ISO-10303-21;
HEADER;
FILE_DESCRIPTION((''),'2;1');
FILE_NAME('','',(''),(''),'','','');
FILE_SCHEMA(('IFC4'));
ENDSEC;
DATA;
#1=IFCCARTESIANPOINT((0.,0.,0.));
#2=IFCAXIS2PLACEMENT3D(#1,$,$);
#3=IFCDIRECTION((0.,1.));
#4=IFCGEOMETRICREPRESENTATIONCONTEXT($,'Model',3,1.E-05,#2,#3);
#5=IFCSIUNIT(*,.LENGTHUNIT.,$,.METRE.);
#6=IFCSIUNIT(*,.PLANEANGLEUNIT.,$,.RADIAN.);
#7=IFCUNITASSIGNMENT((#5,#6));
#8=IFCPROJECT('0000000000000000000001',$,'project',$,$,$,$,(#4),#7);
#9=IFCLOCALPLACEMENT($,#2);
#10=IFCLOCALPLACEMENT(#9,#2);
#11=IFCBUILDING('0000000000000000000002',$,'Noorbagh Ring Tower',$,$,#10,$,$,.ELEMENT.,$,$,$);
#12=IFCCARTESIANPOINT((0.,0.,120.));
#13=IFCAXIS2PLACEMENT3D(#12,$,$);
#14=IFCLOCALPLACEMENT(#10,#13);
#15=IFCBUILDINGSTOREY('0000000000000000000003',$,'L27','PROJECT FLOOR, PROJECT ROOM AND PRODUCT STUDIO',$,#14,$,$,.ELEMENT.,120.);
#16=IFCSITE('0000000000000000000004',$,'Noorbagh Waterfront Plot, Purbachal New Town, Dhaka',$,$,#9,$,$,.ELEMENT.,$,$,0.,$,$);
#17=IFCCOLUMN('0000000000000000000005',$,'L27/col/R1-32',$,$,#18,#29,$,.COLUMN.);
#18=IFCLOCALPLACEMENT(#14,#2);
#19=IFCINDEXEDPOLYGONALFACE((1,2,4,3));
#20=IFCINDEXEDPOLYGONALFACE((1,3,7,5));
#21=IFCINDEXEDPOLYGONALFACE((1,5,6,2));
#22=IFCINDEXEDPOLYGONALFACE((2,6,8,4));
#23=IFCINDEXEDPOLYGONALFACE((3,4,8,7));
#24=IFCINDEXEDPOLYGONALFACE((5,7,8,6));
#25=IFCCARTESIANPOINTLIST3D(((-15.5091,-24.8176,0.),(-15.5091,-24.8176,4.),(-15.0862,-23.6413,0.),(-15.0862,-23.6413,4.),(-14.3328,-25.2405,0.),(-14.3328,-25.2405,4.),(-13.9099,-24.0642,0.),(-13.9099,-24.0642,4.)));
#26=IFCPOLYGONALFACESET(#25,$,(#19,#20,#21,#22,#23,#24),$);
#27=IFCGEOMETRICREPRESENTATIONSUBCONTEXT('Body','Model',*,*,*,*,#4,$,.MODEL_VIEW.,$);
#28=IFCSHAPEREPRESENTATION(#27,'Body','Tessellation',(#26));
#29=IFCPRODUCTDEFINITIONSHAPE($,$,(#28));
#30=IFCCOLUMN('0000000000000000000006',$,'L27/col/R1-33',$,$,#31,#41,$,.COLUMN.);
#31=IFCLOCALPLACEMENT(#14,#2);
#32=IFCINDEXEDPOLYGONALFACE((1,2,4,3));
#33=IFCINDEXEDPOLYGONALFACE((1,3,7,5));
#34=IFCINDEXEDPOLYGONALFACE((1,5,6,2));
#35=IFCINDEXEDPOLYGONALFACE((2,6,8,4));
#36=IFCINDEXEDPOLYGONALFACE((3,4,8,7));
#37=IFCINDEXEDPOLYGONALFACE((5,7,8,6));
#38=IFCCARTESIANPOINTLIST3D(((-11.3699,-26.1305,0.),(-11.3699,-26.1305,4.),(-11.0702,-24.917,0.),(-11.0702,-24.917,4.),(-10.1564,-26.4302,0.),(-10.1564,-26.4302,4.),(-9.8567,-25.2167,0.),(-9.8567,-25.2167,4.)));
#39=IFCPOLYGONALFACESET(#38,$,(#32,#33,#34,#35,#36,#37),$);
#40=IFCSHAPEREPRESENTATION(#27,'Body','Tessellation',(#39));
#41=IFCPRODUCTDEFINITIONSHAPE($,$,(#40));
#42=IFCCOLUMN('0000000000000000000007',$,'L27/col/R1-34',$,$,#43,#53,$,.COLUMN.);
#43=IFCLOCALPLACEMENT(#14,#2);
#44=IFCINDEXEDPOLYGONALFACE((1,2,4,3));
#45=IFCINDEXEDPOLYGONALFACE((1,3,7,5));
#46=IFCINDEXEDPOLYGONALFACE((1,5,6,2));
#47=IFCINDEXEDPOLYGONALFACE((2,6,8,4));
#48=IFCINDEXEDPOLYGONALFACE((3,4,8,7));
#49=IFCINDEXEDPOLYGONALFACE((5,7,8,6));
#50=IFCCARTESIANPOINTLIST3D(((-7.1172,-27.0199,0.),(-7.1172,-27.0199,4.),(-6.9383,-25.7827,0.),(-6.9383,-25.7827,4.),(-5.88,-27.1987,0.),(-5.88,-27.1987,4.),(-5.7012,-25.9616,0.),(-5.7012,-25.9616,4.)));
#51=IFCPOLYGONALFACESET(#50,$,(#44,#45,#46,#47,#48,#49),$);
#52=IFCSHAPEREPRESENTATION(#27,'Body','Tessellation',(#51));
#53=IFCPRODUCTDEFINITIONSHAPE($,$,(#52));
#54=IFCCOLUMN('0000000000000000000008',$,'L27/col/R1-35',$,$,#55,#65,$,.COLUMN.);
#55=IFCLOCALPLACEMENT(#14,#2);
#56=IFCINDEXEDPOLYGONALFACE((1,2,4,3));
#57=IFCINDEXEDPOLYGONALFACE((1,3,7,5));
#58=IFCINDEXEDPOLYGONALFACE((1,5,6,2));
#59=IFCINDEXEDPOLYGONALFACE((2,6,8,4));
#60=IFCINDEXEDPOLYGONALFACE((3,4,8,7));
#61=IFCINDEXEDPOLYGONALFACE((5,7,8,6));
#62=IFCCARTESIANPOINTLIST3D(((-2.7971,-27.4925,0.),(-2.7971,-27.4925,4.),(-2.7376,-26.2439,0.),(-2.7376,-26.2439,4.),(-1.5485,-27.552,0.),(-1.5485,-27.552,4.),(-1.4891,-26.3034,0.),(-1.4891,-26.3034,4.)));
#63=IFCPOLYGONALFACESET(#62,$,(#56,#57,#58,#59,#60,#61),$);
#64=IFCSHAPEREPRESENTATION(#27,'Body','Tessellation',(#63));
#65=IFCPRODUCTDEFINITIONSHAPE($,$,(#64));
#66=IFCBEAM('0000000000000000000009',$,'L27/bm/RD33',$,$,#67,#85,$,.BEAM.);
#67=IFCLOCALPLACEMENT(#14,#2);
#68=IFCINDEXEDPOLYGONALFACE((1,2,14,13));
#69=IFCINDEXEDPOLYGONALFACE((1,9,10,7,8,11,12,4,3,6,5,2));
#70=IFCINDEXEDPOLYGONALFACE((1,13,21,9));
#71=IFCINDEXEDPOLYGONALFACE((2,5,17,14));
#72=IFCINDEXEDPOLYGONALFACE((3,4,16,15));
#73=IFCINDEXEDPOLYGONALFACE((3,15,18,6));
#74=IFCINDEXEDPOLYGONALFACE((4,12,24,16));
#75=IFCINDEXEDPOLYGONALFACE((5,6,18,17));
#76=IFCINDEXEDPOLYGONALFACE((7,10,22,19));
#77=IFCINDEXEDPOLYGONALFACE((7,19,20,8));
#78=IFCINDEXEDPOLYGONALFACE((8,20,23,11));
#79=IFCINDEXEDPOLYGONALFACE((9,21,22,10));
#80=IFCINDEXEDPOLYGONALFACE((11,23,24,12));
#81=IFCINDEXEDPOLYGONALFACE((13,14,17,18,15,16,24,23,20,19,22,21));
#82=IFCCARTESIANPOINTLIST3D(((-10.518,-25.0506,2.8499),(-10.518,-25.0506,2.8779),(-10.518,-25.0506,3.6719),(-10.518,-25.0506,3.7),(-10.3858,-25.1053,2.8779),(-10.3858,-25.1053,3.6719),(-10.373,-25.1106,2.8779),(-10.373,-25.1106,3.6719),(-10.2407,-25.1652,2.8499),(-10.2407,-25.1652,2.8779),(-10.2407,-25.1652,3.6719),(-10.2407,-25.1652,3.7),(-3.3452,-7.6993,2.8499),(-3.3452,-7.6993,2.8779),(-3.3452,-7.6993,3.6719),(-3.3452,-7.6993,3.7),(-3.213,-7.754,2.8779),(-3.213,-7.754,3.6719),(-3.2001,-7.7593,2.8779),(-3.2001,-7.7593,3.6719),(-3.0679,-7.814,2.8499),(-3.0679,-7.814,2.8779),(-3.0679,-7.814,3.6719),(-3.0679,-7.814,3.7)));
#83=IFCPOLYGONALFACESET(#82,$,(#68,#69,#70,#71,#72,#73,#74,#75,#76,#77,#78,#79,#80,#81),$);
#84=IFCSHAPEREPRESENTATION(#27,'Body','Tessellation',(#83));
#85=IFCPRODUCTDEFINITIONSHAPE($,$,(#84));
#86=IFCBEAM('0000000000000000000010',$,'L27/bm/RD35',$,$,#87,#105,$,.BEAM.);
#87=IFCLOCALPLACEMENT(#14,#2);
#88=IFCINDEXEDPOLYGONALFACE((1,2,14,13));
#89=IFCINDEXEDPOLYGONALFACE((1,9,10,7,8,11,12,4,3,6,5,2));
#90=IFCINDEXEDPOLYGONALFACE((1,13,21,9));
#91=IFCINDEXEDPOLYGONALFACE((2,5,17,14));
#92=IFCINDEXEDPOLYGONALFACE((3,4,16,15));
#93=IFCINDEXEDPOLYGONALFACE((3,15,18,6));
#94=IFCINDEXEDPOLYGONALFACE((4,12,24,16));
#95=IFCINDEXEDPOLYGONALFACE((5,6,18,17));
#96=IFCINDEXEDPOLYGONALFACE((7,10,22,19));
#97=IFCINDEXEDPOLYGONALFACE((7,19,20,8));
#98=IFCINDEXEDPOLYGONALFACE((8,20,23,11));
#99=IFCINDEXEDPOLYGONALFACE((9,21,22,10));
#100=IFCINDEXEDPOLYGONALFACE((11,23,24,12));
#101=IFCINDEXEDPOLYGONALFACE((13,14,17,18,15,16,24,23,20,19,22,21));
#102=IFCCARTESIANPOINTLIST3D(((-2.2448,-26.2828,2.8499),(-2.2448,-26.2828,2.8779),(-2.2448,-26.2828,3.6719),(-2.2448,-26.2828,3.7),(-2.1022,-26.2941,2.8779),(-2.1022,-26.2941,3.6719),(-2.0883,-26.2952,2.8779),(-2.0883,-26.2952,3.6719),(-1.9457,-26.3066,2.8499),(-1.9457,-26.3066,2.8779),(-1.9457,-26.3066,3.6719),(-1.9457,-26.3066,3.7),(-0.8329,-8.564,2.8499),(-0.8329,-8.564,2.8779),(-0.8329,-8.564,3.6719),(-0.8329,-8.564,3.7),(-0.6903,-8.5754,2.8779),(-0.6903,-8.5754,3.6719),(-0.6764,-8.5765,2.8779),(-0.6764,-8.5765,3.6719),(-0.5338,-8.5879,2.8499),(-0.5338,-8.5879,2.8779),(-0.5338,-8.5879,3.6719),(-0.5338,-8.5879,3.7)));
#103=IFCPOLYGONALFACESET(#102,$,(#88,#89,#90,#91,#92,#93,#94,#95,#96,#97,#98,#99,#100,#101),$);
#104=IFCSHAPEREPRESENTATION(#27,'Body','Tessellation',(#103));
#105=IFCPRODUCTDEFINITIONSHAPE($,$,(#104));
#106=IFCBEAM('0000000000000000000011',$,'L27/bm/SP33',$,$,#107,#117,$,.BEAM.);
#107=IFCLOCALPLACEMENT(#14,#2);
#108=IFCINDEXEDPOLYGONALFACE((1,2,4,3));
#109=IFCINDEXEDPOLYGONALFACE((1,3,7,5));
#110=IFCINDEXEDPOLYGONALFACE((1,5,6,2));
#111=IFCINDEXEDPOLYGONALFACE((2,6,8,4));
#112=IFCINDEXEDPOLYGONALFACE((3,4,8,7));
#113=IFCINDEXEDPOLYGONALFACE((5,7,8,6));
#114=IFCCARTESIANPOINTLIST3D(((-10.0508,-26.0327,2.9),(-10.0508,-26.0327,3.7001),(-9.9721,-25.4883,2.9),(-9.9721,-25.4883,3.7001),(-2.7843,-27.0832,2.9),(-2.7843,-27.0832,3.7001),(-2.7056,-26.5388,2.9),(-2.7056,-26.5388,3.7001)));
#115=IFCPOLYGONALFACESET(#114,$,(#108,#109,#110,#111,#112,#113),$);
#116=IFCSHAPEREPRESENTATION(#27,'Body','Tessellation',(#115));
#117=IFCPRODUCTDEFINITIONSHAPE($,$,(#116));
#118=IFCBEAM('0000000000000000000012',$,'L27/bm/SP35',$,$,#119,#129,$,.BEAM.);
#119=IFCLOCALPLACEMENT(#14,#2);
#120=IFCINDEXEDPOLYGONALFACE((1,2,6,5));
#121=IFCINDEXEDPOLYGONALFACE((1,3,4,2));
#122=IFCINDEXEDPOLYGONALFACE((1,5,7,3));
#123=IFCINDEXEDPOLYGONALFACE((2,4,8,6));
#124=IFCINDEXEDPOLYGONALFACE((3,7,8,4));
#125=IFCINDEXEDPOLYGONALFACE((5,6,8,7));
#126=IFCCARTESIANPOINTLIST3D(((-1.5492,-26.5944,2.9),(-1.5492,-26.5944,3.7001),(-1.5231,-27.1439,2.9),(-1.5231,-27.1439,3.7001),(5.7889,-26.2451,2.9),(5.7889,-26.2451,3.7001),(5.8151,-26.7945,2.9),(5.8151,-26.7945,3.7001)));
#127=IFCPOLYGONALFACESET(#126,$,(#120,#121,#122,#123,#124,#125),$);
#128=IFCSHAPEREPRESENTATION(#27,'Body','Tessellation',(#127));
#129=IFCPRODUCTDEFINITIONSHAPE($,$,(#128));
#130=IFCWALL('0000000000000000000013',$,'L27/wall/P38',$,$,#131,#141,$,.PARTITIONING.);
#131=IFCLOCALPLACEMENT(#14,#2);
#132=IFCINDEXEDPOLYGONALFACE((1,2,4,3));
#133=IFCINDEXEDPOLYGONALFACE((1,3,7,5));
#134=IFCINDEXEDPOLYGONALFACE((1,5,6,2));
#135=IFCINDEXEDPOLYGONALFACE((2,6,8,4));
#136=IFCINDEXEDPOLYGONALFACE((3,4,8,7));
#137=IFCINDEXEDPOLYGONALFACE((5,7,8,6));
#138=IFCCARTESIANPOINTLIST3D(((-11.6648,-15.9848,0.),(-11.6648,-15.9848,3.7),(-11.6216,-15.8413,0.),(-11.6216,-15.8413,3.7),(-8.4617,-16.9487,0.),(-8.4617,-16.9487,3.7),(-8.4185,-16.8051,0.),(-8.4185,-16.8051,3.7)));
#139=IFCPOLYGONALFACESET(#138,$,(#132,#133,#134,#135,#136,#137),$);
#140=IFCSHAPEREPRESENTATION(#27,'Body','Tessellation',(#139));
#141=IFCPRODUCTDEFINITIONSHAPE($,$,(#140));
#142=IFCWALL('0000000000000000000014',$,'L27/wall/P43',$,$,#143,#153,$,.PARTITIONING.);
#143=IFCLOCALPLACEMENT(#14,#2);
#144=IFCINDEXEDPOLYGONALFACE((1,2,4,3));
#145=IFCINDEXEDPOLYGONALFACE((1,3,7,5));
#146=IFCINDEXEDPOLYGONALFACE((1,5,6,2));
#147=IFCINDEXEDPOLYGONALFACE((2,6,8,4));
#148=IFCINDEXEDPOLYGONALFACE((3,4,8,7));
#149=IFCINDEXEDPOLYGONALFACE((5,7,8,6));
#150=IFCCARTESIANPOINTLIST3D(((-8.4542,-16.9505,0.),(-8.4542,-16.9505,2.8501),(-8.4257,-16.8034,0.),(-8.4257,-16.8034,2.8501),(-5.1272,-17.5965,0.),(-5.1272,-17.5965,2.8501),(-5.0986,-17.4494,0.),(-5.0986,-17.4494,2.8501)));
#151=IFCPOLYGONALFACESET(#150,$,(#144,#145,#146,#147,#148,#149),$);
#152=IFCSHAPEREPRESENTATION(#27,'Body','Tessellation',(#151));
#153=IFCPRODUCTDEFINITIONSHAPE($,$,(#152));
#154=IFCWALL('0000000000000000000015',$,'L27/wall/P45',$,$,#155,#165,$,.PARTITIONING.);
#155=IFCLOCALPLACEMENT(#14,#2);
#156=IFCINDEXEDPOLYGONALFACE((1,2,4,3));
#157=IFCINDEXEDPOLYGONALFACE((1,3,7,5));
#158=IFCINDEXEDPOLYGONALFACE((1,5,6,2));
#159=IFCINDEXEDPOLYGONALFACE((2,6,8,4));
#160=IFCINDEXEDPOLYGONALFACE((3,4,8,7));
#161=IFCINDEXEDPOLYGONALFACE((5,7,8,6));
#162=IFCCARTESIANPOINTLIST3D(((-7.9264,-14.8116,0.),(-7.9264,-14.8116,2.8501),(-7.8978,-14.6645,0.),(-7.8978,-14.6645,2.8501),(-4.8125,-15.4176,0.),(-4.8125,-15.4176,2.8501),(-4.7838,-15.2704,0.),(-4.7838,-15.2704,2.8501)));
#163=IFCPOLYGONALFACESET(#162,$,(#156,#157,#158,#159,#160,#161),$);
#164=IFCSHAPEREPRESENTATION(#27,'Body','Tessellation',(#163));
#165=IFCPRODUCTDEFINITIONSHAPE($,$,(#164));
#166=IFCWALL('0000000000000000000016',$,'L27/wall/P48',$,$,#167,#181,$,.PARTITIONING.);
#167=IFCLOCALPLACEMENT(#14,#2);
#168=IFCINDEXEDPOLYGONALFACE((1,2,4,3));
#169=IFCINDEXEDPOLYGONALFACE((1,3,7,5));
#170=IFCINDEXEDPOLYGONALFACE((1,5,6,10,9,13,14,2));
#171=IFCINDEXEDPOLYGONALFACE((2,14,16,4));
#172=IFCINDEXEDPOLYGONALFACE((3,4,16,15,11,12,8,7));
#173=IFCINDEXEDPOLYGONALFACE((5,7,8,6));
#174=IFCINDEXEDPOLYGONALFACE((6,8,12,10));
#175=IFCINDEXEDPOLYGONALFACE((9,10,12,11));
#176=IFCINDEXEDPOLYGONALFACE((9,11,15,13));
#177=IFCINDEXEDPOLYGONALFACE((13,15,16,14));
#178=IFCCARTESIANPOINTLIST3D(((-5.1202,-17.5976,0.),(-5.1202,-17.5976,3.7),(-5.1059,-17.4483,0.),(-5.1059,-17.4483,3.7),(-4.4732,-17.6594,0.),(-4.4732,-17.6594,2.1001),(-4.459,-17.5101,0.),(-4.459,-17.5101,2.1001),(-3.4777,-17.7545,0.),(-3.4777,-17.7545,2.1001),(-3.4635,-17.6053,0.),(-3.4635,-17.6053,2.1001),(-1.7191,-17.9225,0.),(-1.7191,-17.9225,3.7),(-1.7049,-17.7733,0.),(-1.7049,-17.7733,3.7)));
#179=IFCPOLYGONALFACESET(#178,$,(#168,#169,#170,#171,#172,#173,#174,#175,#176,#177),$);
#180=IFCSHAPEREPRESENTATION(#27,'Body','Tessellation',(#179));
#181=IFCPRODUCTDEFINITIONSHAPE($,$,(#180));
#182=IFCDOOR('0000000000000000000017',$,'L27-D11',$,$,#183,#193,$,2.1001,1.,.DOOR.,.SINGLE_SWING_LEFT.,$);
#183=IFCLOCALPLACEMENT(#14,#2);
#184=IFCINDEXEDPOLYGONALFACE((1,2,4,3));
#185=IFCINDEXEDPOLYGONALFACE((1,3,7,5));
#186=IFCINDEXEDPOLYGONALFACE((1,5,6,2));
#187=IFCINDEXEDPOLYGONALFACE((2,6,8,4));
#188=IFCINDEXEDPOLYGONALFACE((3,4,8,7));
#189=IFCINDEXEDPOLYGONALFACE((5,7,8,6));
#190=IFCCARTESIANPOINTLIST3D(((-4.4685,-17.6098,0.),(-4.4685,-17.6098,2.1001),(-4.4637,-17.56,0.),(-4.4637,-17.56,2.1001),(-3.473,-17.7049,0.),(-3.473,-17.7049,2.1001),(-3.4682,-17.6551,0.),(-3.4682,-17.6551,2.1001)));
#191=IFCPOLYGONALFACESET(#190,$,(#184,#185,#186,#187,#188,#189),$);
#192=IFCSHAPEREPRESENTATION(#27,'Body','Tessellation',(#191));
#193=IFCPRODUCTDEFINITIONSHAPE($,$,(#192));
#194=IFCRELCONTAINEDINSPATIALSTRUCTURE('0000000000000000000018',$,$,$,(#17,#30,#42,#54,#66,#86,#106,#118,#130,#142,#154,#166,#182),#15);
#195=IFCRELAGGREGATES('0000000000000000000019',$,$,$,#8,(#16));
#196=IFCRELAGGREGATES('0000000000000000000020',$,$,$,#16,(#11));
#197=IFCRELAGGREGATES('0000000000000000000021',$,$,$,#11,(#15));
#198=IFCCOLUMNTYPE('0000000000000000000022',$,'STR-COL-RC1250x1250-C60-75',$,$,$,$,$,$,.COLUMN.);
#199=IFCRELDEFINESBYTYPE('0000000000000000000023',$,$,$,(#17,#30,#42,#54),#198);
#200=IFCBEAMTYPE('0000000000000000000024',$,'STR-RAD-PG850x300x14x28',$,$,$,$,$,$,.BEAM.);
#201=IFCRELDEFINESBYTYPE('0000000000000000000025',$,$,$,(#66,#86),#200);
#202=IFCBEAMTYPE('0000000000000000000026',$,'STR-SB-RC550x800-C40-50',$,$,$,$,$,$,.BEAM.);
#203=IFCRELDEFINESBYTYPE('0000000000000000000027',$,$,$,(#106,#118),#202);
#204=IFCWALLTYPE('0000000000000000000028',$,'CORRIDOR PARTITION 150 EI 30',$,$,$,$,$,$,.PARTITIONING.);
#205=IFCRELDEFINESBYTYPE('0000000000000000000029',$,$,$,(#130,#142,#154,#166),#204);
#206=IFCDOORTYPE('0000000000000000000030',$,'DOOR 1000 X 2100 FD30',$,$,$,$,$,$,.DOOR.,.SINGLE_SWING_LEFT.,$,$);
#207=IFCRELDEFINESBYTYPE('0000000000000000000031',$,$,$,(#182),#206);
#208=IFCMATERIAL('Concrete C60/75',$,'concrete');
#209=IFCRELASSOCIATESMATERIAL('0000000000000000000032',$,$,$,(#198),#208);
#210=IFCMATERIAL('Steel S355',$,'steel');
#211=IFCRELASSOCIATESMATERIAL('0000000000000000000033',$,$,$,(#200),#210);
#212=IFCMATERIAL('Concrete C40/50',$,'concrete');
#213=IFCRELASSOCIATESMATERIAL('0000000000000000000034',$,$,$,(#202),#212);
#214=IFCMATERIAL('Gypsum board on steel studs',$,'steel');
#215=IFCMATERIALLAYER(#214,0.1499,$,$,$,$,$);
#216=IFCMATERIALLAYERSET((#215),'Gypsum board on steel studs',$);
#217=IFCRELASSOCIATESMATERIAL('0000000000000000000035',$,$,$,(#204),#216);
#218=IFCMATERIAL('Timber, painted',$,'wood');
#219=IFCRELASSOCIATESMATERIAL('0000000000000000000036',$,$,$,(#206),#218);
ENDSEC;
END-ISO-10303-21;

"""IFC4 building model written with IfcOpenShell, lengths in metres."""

from ifc_helpers import new_model, si_unit, direction, frame, frame_2d, origin, origin_2d, place, context, subcontext, project, spatial, rectangle, i_section, extrude, material, layer, layer_set, material_profile, profile_set, type_object, element, fill, save


model = new_model("IFC4")

# Units and contexts
model_context = context("Model", 3, precision=1e-05, world=origin(), true_north=direction((0.0, 1.0)))
body_context = subcontext(model_context, "Body", "Model", "MODEL_VIEW")
ifc_project = project(units=[si_unit("LENGTHUNIT", "METRE"), si_unit("PLANEANGLEUNIT", "RADIAN")], contexts=[model_context])

# Site, building, storey
site_placement = place(None, origin())
site = spatial("IfcSite", under=ifc_project, at=site_placement, Name="Noorbagh Waterfront Plot, Purbachal New Town, Dhaka", CompositionType="ELEMENT", RefElevation=0.0)
building_placement = place(site_placement, origin())
building = spatial("IfcBuilding", under=site, at=building_placement, Name="Noorbagh Ring Tower", CompositionType="ELEMENT")
storey_placement = place(building_placement, frame((0.0, 0.0, 120.0)))
storey = spatial("IfcBuildingStorey", under=building, at=storey_placement, Name="L27", Description="PROJECT FLOOR, PROJECT ROOM AND PRODUCT STUDIO", CompositionType="ELEMENT", Elevation=120.0)

# Columns
ifc_material_1 = material(Name="Concrete C60/75", Category="concrete")
ifc_material_profile_1 = material_profile(ifc_material_1, rectangle(XDim=1.25, YDim=1.25, at=origin_2d()), Name="RC1250x1250")
ifc_profile_set_1 = profile_set([ifc_material_profile_1], Name="Concrete C60/75")
column_type = type_object("IfcColumnType", Name="STR-COL-RC1250x1250-C60-75", PredefinedType="COLUMN", material=ifc_profile_set_1)
for number, where, z_axis, x_axis, name in (
    (1, (-14.7095, -24.4409, 0.0), (0.0, 0.0, 1.0), (0.941025, -0.338338, 0.0), "L27/col/R1-32"),
    (2, (-10.6133, -25.6736, 0.0), (0.0, 0.0, 1.0), (0.970829, -0.239771, 0.0), "L27/col/R1-33"),
    (3, (-6.4092, -26.4907, 0.0), (0.0, 0.0, 1.0), (0.989713, -0.143066, 0.0), "L27/col/R1-34"),
    (4, (-2.1431, -26.8979, 0.0), (0.0, 0.0, 1.0), (0.998869, -0.047553, 0.0), "L27/col/R1-35"),
):
    element("IfcColumn", number, at=place(storey_placement, frame(where, z_axis=z_axis, x_axis=x_axis)), inside=storey, type_object=column_type, Name=name, PredefinedType="COLUMN", context=body_context, shape_type="SweptSolid", body=[
        extrude(rectangle(XDim=1.25, YDim=1.25, at=origin_2d()), origin(), (0.0, 0.0, 1.0), 4.0),
    ])

# Beams
ifc_material_2 = material(Name="Steel S355", Category="steel")
ifc_material_profile_2 = material_profile(ifc_material_2, i_section(OverallWidth=0.3, OverallDepth=0.8501, WebThickness=0.0139, FlangeThickness=0.0281, at=origin_2d()), Name="PG850x300x14x28")
ifc_profile_set_2 = profile_set([ifc_material_profile_2], Name="Steel S355")
beam_type_1 = type_object("IfcBeamType", Name="STR-RAD-PG850x300x14x28", PredefinedType="BEAM", material=ifc_profile_set_2)
beam_1_placement = place(storey_placement, frame((-10.3794, -25.1079, 3.2749), z_axis=(0.382033, 0.924149, 0.0), x_axis=(-0.924149, 0.382033, 0.0)))
element("IfcBeam", 5, at=beam_1_placement, inside=storey, type_object=beam_type_1, Name="L27/bm/RD33", PredefinedType="BEAM", context=body_context, shape_type="SweptSolid", body=[
    extrude(i_section(OverallWidth=0.3, OverallDepth=0.8501, WebThickness=0.0139, FlangeThickness=0.0281, at=origin_2d()), origin(), (0.0, 0.0, 1.0), 18.7754),
])
beam_2_placement = place(storey_placement, frame((-2.0952, -26.2947, 3.2749), z_axis=(0.07943, 0.99684, 0.0), x_axis=(-0.99684, 0.07943, 0.0)))
element("IfcBeam", 6, at=beam_2_placement, inside=storey, type_object=beam_type_1, Name="L27/bm/RD35", PredefinedType="BEAM", context=body_context, shape_type="SweptSolid", body=[
    extrude(i_section(OverallWidth=0.3, OverallDepth=0.8501, WebThickness=0.0139, FlangeThickness=0.0281, at=origin_2d()), origin(), (0.0, 0.0, 1.0), 17.7749),
])
ifc_material_3 = material(Name="Concrete C40/50", Category="concrete")
ifc_material_profile_3 = material_profile(ifc_material_3, rectangle(XDim=0.55, YDim=0.8, at=origin_2d()), Name="RC550x800")
ifc_profile_set_3 = profile_set([ifc_material_profile_3], Name="Concrete C40/50")
beam_type_2 = type_object("IfcBeamType", Name="STR-SB-RC550x800-C40-50", PredefinedType="BEAM", material=ifc_profile_set_3)
beam_3_placement = place(storey_placement, frame((-10.0115, -25.7605, 3.3), z_axis=(0.989711, -0.143083, 0.0), x_axis=(0.143083, 0.989711, 0.0)))
element("IfcBeam", 7, at=beam_3_placement, inside=storey, type_object=beam_type_2, Name="L27/bm/SP33", PredefinedType="BEAM", context=body_context, shape_type="SweptSolid", body=[
    extrude(rectangle(XDim=0.55, YDim=0.8, at=origin_2d()), origin(), (0.0, 0.0, 1.0), 7.342),
])
beam_4_placement = place(storey_placement, frame((-1.5361, -26.8691, 3.3), z_axis=(0.998869, 0.047556, 0.0), x_axis=(-0.047556, 0.998869, 0.0)))
element("IfcBeam", 8, at=beam_4_placement, inside=storey, type_object=beam_type_2, Name="L27/bm/SP35", PredefinedType="BEAM", context=body_context, shape_type="SweptSolid", body=[
    extrude(rectangle(XDim=0.55, YDim=0.8, at=origin_2d()), origin(), (0.0, 0.0, 1.0), 7.3464),
])

# Walls
ifc_material_4 = material(Name="Gypsum board on steel studs", Category="steel")
ifc_layer_1 = layer(ifc_material_4, 0.1499)
ifc_layer_set_1 = layer_set([ifc_layer_1], Name="Gypsum board on steel studs")
wall_type_1 = type_object("IfcWallType", Name="CORRIDOR PARTITION 150 EI 30", PredefinedType="PARTITIONING", material=ifc_layer_set_1)
wall_1_placement = place(storey_placement, frame((-11.6431, -15.9131, 0.0), z_axis=(0.0, 0.0, 1.0), x_axis=(0.957585, -0.288151, 0.0)))
element("IfcWall", 9, at=wall_1_placement, inside=storey, type_object=wall_type_1, Name="L27/wall/P38", PredefinedType="PARTITIONING", context=body_context, shape_type="SweptSolid", body=[
    extrude(rectangle(XDim=3.345, YDim=0.1499, at=frame_2d((1.6724, 0.0))), origin(), (0.0, 0.0, 1.0), 3.7),
])
wall_2_placement = place(storey_placement, frame((-8.4399, -16.877, 0.0), z_axis=(0.0, 0.0, 1.0), x_axis=(0.981665, -0.190613, 0.0)))
element("IfcWall", 10, at=wall_2_placement, inside=storey, type_object=wall_type_1, Name="L27/wall/P43", PredefinedType="PARTITIONING", context=body_context, shape_type="SweptSolid", body=[
    extrude(rectangle(XDim=3.3892, YDim=0.1499, at=frame_2d((1.6946, 0.0))), origin(), (0.0, 0.0, 1.0), 2.8501),
])
wall_3_placement = place(storey_placement, frame((-7.9121, -14.738, 0.0), z_axis=(0.0, 0.0, 1.0), x_axis=(0.981589, -0.191008, 0.0)))
element("IfcWall", 11, at=wall_3_placement, inside=storey, type_object=wall_type_1, Name="L27/wall/P45", PredefinedType="PARTITIONING", context=body_context, shape_type="SweptSolid", body=[
    extrude(rectangle(XDim=3.1724, YDim=0.1499, at=frame_2d((1.5862, 0.0))), origin(), (0.0, 0.0, 1.0), 2.8501),
])

# Wall, opening, door
wall_4_placement = place(storey_placement, frame((-5.113, -17.5229, 0.0), z_axis=(0.0, 0.0, 1.0), x_axis=(0.995467, -0.095109, 0.0)))
wall_4 = element("IfcWall", 12, at=wall_4_placement, inside=storey, type_object=wall_type_1, Name="L27/wall/P48", PredefinedType="PARTITIONING", context=body_context, shape_type="SweptSolid", body=[
    extrude(rectangle(XDim=3.4165, YDim=0.1499, at=frame_2d((1.7083, 0.0))), origin(), (0.0, 0.0, 1.0), 3.7),
])
opening_1_placement = place(wall_4_placement, frame((0.6499, 0.0, 0.0)))
opening_1 = element("IfcOpeningElement", 13, at=opening_1_placement, cuts=wall_4, PredefinedType="OPENING", context=body_context, shape_type="SweptSolid", body=[
    extrude(rectangle(XDim=1.0, YDim=2.1001, at=frame_2d((0.5, 1.05))), frame((0.0, 0.085, 0.0), z_axis=(0.0, -1.0, 0.0), x_axis=(1.0, 0.0, 0.0)), (0.0, 0.0, 1.0), 0.1699),
])
ifc_material_5 = material(Name="Timber, painted", Category="wood")
door_type = type_object("IfcDoorType", Name="DOOR 1000 X 2100 FD30", OperationType="SINGLE_SWING_LEFT", PredefinedType="DOOR", material=ifc_material_5)
door_1_placement = place(opening_1_placement, origin())
door_1 = element("IfcDoor", 14, at=door_1_placement, inside=storey, type_object=door_type, Name="L27-D11", OperationType="SINGLE_SWING_LEFT", OverallHeight=2.1001, OverallWidth=1.0, PredefinedType="DOOR", context=body_context, shape_type="SweptSolid", body=[
    extrude(rectangle(XDim=1.0, YDim=2.1001, at=frame_2d((0.5, 1.05))), frame((0.0, 0.0249, 0.0), z_axis=(0.0, -1.0, 0.0), x_axis=(1.0, 0.0, 0.0)), (0.0, 0.0, 1.0), 0.05),
])
fill(opening_1, door_1)

save(model, "model.ifc")
